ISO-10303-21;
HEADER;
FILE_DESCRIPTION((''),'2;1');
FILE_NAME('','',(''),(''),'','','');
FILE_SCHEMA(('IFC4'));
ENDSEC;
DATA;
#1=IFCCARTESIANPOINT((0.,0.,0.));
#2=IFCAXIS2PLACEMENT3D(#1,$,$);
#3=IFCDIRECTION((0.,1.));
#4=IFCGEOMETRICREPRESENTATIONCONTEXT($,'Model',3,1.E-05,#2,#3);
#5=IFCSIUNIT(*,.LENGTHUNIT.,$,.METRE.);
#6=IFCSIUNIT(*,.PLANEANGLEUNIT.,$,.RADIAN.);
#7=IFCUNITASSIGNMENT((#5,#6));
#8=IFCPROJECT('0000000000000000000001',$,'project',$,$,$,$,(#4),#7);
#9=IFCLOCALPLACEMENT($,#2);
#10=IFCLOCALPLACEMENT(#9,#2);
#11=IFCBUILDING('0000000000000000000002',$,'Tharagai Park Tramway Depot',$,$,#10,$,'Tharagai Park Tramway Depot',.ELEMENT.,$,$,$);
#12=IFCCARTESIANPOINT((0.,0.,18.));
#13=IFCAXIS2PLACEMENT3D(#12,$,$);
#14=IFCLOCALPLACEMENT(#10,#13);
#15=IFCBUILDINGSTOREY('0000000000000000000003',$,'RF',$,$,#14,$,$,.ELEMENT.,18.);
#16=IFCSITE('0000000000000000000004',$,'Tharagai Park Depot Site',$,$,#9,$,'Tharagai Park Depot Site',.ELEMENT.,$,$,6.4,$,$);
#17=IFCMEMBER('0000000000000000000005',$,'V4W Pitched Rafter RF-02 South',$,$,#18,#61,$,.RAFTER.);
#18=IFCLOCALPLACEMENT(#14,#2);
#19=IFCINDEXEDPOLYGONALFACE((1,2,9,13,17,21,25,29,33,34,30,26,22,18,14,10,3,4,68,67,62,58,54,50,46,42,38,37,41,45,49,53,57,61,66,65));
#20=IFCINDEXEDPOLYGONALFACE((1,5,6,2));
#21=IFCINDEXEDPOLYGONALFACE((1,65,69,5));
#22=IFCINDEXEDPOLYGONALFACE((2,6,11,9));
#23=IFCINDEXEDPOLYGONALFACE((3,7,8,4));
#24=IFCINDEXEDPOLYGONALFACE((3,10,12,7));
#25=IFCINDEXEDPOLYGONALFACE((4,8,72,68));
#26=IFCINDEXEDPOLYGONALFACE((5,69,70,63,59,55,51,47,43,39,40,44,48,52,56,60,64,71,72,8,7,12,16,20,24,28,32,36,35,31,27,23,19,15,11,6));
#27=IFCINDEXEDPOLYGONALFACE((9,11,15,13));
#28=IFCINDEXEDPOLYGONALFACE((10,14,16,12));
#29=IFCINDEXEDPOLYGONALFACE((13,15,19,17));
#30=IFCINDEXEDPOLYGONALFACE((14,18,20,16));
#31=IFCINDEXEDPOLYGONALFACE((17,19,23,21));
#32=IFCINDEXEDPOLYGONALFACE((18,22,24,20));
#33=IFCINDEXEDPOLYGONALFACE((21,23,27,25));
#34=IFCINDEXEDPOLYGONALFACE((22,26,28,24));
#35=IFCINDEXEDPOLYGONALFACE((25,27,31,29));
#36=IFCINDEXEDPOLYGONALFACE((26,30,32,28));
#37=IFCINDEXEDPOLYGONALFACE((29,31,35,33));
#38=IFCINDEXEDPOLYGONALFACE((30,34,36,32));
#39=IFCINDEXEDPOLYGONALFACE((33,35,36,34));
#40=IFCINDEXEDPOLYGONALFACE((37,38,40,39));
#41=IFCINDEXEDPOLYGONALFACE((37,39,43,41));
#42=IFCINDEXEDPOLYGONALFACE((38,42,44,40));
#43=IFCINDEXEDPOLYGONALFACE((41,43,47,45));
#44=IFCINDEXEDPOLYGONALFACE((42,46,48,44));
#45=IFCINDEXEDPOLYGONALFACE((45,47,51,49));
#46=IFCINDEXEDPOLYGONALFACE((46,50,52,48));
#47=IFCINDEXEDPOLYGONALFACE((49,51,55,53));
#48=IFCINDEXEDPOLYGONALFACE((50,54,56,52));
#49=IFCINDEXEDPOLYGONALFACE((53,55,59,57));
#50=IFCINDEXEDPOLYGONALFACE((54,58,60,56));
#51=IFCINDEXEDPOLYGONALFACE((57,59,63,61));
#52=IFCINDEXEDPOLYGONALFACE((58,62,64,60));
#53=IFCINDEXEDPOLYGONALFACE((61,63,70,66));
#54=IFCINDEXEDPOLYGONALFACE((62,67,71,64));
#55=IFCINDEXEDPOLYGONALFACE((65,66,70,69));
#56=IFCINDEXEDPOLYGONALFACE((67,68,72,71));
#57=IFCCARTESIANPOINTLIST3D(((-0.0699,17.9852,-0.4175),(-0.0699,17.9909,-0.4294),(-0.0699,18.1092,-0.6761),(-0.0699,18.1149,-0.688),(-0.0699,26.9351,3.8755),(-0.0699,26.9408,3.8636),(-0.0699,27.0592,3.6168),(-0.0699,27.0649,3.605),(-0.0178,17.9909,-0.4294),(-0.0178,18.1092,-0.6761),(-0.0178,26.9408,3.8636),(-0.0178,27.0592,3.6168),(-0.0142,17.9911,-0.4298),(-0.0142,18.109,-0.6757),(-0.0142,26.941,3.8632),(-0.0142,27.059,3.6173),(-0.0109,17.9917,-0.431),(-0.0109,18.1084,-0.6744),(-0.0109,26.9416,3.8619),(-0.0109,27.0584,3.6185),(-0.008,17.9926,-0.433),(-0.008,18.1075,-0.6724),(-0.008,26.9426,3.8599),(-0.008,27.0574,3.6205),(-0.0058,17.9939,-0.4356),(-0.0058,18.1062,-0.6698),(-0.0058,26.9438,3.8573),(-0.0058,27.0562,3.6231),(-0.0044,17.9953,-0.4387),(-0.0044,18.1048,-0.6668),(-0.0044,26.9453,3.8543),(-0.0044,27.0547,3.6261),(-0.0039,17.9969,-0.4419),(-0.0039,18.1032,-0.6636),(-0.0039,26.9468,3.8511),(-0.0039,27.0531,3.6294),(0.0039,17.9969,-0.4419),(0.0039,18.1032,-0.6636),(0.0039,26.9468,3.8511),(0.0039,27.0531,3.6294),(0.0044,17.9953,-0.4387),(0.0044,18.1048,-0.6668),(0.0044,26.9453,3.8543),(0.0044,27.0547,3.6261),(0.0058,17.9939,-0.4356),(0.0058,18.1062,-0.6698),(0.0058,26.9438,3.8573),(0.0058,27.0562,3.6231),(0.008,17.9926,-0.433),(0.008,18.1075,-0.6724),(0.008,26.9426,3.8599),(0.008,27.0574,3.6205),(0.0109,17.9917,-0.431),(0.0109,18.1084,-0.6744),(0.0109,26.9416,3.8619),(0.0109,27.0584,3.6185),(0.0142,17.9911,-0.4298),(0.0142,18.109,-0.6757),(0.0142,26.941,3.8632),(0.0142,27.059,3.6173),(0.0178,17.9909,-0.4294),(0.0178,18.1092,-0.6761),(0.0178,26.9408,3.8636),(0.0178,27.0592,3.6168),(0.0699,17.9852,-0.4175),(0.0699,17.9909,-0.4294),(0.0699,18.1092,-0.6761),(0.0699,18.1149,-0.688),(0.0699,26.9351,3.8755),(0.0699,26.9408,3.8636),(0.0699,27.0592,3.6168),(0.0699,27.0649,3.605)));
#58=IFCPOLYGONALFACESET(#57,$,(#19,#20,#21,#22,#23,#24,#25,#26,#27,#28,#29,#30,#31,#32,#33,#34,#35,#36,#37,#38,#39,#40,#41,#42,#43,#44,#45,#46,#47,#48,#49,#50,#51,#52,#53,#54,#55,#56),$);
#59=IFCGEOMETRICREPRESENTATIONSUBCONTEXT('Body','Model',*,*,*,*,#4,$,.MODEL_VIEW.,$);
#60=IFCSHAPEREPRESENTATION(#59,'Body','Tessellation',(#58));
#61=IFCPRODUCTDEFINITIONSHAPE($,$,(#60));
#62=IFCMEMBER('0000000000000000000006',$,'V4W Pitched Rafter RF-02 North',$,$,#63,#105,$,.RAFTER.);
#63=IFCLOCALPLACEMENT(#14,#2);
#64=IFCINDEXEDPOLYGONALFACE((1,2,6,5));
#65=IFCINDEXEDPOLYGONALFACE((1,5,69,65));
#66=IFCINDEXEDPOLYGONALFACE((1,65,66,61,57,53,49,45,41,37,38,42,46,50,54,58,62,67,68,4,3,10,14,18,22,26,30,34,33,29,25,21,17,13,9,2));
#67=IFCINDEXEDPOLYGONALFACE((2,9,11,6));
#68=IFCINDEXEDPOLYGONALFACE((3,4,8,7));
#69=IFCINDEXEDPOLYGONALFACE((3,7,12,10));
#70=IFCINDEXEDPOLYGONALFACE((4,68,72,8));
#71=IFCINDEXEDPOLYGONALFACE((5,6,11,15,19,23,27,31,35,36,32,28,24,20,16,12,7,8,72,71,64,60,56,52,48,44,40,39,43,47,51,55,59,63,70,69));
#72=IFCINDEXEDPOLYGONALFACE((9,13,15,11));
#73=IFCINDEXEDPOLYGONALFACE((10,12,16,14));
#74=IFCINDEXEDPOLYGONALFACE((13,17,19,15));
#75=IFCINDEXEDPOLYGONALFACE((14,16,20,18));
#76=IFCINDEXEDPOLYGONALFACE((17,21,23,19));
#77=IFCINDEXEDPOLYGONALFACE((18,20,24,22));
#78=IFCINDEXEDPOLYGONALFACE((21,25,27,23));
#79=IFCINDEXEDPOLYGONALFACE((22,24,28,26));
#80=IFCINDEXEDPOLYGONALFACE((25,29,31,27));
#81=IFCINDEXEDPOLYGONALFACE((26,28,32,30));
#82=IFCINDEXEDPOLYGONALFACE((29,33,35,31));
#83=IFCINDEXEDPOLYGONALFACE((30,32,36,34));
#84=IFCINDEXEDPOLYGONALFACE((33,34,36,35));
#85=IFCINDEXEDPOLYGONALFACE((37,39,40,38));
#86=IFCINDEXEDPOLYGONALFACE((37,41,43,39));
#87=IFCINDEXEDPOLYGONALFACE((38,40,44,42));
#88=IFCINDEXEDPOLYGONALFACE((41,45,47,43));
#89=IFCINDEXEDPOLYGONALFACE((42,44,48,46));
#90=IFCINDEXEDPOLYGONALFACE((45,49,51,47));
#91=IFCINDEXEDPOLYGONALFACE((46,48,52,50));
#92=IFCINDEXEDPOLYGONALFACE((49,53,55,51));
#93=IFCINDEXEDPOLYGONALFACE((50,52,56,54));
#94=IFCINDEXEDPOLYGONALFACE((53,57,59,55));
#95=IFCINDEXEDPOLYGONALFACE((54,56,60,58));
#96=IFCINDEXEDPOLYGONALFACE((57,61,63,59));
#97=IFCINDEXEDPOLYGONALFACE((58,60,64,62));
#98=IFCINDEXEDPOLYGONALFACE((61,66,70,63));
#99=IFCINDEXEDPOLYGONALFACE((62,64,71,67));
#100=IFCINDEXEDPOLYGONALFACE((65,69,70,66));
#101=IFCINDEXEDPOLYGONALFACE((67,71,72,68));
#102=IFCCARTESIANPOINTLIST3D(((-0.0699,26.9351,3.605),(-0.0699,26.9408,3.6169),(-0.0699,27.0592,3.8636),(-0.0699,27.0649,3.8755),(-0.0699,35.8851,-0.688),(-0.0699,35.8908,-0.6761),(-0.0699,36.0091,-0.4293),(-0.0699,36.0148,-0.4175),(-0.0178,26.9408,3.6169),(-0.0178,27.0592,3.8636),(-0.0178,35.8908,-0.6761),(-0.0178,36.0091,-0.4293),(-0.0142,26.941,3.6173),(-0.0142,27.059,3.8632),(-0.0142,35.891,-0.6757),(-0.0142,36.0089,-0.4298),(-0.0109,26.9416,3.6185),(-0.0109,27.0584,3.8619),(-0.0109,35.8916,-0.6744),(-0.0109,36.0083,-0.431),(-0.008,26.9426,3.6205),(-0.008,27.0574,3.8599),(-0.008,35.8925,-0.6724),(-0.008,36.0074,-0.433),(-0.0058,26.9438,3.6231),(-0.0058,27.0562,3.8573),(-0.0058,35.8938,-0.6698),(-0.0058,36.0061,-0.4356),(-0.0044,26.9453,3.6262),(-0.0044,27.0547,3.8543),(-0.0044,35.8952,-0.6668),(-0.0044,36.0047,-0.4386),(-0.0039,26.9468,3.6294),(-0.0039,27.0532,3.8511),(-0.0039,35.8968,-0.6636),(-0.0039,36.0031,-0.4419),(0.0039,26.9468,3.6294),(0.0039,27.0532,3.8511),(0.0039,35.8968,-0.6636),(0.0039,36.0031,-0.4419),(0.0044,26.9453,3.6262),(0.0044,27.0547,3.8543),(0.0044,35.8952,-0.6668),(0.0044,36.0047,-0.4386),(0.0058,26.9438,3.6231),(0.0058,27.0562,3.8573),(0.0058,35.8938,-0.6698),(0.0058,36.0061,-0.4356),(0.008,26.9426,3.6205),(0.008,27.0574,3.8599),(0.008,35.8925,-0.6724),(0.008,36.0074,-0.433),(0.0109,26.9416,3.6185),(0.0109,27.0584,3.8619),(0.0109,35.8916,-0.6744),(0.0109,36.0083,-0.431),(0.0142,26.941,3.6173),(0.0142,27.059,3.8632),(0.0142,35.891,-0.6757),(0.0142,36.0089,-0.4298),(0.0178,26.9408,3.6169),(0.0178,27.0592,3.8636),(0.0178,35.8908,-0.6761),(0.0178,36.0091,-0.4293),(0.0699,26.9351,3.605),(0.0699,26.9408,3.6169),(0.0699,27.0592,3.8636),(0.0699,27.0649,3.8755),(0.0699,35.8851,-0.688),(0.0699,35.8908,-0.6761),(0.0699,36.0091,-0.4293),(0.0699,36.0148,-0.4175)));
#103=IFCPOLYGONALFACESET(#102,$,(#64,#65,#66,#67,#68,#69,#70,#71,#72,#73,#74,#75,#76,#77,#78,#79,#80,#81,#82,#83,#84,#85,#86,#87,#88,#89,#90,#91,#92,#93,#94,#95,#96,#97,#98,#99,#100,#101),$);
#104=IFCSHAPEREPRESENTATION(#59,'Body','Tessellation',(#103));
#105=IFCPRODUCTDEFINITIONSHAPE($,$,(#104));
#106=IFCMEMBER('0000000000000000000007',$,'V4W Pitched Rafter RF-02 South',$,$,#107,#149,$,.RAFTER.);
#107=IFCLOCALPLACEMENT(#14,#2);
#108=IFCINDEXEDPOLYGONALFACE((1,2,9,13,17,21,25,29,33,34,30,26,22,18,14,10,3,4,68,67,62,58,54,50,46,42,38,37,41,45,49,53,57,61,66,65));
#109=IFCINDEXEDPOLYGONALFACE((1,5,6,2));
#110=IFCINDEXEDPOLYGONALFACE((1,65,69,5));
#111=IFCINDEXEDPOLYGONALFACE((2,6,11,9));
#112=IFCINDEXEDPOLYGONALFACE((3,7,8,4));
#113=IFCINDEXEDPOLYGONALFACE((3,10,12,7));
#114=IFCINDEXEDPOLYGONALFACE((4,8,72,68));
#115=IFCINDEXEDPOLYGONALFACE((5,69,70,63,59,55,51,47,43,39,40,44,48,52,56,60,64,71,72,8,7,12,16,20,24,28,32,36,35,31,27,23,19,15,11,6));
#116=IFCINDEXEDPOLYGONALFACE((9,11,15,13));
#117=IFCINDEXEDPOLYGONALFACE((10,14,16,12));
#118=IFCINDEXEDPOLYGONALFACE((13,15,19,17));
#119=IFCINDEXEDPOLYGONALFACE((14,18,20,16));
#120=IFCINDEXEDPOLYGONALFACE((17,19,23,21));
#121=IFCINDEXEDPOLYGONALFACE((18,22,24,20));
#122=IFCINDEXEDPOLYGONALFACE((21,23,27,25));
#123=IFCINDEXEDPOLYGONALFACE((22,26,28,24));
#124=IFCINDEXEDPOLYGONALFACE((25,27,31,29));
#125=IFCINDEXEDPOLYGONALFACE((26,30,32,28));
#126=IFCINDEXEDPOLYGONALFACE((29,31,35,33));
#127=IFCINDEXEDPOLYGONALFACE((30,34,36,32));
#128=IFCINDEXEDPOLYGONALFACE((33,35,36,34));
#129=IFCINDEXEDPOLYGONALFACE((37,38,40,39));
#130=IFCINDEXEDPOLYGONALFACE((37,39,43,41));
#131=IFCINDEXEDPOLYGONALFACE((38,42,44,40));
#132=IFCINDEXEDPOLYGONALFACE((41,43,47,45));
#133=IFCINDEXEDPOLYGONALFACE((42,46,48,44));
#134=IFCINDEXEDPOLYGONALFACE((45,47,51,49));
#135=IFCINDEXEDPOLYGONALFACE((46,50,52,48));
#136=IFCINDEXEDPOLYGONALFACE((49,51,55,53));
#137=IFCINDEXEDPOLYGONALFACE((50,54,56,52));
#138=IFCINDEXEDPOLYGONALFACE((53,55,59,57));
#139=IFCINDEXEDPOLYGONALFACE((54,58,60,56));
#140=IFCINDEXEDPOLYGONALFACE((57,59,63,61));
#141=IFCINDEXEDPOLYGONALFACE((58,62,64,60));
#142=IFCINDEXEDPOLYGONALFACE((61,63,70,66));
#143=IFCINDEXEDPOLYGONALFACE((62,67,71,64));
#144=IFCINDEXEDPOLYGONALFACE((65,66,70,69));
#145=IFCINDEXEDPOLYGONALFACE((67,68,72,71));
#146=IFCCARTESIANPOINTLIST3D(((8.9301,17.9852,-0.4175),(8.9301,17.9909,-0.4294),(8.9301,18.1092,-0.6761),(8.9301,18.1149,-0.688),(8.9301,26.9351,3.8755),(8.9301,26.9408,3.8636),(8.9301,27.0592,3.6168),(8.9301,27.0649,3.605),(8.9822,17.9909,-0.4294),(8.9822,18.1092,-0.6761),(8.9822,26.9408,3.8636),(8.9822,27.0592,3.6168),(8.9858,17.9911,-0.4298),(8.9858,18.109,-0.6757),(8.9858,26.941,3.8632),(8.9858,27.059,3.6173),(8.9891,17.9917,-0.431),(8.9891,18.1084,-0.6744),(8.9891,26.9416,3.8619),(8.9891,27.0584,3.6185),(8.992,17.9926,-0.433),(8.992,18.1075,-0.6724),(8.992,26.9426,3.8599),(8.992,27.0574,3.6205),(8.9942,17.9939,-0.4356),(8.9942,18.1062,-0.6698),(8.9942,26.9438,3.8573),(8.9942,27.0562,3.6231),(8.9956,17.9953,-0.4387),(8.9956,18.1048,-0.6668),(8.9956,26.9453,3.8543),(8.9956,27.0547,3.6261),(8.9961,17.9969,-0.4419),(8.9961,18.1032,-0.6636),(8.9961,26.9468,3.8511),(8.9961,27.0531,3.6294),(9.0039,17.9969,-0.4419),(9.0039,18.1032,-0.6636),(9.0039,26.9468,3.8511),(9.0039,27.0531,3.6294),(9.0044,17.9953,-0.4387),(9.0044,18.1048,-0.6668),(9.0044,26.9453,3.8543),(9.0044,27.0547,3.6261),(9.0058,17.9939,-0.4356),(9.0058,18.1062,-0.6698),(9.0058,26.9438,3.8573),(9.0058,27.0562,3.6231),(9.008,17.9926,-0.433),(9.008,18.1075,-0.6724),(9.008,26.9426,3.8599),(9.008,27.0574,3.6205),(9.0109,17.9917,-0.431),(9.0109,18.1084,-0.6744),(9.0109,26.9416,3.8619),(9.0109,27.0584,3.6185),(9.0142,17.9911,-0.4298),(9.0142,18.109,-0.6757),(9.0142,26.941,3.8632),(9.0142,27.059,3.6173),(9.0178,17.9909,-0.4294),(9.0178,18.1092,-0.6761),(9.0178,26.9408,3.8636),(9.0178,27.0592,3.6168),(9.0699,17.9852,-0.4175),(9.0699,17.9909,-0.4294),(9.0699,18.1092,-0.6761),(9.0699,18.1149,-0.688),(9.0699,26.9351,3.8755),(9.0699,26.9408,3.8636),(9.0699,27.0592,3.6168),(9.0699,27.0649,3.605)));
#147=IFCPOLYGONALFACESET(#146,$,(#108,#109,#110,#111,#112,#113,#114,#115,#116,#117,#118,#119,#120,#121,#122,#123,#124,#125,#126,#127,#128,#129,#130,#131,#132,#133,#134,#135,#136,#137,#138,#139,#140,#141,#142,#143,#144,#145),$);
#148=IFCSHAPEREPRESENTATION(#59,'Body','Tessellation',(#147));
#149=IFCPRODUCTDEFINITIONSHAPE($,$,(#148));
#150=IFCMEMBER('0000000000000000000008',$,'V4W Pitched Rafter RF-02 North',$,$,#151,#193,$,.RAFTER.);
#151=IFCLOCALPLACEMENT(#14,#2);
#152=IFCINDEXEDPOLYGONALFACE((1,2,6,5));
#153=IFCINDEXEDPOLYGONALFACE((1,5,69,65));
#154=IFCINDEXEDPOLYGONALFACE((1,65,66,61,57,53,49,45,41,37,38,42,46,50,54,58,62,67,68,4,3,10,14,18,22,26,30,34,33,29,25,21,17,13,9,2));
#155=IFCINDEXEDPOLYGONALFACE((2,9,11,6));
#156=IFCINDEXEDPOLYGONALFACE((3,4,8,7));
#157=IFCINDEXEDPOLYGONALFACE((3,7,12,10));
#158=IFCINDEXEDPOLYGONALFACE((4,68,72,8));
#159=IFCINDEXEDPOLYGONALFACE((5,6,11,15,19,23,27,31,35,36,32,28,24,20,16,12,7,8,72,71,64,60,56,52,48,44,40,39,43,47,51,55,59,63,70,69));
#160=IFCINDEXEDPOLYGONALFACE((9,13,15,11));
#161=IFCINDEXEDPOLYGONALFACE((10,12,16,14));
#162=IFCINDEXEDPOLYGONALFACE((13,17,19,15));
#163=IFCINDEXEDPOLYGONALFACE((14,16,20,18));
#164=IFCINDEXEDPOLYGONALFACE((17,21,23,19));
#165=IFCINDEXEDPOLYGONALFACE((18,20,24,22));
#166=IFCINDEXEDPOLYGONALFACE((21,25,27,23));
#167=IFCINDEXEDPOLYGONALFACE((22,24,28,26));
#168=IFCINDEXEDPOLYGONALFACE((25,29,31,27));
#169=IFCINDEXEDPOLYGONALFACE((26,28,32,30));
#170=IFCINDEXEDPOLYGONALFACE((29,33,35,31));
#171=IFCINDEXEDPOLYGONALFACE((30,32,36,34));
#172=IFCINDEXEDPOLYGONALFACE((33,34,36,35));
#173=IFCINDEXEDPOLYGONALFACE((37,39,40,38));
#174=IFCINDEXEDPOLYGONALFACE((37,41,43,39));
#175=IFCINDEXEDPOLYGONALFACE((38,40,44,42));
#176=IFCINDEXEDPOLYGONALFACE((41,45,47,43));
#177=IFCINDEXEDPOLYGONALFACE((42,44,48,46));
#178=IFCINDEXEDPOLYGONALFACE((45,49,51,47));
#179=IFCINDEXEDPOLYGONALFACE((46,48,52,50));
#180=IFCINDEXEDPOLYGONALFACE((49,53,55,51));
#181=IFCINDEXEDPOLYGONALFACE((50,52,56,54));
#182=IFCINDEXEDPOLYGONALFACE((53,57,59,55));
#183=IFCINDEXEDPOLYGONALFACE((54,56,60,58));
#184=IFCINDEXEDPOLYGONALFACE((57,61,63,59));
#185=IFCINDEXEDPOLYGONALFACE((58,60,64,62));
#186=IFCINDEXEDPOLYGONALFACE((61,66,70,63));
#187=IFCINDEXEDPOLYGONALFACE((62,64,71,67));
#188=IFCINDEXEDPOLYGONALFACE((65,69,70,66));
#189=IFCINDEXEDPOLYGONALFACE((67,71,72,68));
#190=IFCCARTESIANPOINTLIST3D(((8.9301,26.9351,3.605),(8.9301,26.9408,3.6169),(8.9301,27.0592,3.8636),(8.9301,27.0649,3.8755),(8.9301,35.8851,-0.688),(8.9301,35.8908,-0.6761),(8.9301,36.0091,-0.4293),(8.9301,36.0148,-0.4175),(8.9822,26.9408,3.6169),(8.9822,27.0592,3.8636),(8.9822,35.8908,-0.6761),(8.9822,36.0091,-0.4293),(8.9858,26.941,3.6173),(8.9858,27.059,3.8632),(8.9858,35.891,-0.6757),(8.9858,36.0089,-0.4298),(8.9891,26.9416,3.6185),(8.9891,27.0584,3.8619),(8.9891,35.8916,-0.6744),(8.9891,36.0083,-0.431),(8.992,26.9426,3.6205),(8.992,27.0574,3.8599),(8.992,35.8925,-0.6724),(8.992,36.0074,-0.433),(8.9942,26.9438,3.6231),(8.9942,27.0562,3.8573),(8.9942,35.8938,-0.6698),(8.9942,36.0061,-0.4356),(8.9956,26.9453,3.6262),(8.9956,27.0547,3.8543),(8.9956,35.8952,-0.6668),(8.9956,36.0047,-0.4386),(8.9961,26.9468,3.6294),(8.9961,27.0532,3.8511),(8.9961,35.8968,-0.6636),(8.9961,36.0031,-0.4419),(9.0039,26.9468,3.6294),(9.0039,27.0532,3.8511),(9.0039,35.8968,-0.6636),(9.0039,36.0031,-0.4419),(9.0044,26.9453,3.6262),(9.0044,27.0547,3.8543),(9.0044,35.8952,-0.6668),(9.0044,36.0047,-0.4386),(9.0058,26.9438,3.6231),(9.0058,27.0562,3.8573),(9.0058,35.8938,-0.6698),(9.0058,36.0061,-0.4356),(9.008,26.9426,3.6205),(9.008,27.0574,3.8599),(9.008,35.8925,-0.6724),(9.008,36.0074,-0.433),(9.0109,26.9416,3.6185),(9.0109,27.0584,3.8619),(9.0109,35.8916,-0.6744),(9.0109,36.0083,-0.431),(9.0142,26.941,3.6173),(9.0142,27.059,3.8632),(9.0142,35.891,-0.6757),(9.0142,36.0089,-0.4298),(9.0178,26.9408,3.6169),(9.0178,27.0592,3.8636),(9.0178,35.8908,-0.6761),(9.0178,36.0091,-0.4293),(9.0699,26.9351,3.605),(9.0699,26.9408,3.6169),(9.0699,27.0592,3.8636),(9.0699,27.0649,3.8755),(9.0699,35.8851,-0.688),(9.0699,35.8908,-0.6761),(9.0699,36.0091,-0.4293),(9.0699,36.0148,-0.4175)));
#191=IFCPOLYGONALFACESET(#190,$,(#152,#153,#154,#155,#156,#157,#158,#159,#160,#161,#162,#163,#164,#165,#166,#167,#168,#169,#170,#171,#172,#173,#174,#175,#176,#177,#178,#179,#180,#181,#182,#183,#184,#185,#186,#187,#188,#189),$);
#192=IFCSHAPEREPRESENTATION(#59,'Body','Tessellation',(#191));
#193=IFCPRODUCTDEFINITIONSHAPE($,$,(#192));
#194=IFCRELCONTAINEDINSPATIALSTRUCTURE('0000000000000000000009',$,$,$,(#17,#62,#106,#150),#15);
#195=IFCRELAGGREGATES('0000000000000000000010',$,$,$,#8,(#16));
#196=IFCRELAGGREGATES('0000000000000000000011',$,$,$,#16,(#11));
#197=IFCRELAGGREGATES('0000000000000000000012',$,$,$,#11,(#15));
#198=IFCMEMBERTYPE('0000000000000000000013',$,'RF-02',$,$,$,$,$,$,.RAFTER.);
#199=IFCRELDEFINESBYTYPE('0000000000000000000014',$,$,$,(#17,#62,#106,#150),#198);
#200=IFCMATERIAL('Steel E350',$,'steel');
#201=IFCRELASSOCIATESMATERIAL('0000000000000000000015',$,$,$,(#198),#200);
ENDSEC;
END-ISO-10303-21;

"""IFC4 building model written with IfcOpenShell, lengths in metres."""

from ifc_helpers import new_model, si_unit, direction, frame, origin, origin_2d, place, context, subcontext, project, spatial, i_section, extrude, material, material_profile, profile_set, type_object, element, save


model = new_model("IFC4")

# Units and contexts
model_context = context("Model", 3, precision=1e-05, world=origin(), true_north=direction((0.0, 1.0)))
body_context = subcontext(model_context, "Body", "Model", "MODEL_VIEW")
ifc_project = project(units=[si_unit("LENGTHUNIT", "METRE"), si_unit("PLANEANGLEUNIT", "RADIAN")], contexts=[model_context])

# Site, building, storey
site_placement = place(None, origin())
site = spatial("IfcSite", under=ifc_project, at=site_placement, Name="Tharagai Park Depot Site", LongName="Tharagai Park Depot Site", CompositionType="ELEMENT", RefElevation=6.4)
building_placement = place(site_placement, origin())
building = spatial("IfcBuilding", under=site, at=building_placement, Name="Tharagai Park Tramway Depot", LongName="Tharagai Park Tramway Depot", CompositionType="ELEMENT")
storey_placement = place(building_placement, frame((0.0, 0.0, 18.0)))
storey = spatial("IfcBuildingStorey", under=building, at=storey_placement, Name="RF", CompositionType="ELEMENT", Elevation=18.0)

# Shared definitions
ifc_material_1 = material(Name="Steel E350", Category="steel")

# Members
ifc_material_profile_1 = material_profile(ifc_material_1, i_section(OverallWidth=0.1399, OverallDepth=0.3, WebThickness=0.0078, FlangeThickness=0.0132, FilletRadius=0.0139, at=origin_2d()), Name="ISMB 300")
ifc_profile_set_1 = profile_set([ifc_material_profile_1], Name="Steel E350")
member_type_1 = type_object("IfcMemberType", Name="RF-02", PredefinedType="RAFTER", material=ifc_profile_set_1)
for number, where, z_axis, x_axis, name in (
    (1, (0.0, 18.05, -0.5527), (0.0, 0.901641, 0.432485), (-1.0, 0.0, 0.0), "V4W Pitched Rafter RF-02 South"),
    (2, (0.0, 27.0, 3.7402), (0.0, 0.901641, -0.432485), (-1.0, 0.0, 0.0), "V4W Pitched Rafter RF-02 North"),
    (3, (9.0, 18.05, -0.5527), (0.0, 0.901641, 0.432485), (-1.0, 0.0, 0.0), "V4W Pitched Rafter RF-02 South"),
    (4, (9.0, 27.0, 3.7402), (0.0, 0.901641, -0.432485), (-1.0, 0.0, 0.0), "V4W Pitched Rafter RF-02 North"),
):
    element("IfcMember", number, at=place(storey_placement, frame(where, z_axis=z_axis, x_axis=x_axis)), inside=storey, type_object=member_type_1, Name=name, PredefinedType="RAFTER", context=body_context, shape_type="SweptSolid", body=[
        extrude(i_section(OverallWidth=0.1399, OverallDepth=0.3, WebThickness=0.0078, FlangeThickness=0.0132, FilletRadius=0.0139, at=origin_2d()), origin(), (0.0, 0.0, 1.0), 9.9263),
    ])

save(model, "model.ifc")
